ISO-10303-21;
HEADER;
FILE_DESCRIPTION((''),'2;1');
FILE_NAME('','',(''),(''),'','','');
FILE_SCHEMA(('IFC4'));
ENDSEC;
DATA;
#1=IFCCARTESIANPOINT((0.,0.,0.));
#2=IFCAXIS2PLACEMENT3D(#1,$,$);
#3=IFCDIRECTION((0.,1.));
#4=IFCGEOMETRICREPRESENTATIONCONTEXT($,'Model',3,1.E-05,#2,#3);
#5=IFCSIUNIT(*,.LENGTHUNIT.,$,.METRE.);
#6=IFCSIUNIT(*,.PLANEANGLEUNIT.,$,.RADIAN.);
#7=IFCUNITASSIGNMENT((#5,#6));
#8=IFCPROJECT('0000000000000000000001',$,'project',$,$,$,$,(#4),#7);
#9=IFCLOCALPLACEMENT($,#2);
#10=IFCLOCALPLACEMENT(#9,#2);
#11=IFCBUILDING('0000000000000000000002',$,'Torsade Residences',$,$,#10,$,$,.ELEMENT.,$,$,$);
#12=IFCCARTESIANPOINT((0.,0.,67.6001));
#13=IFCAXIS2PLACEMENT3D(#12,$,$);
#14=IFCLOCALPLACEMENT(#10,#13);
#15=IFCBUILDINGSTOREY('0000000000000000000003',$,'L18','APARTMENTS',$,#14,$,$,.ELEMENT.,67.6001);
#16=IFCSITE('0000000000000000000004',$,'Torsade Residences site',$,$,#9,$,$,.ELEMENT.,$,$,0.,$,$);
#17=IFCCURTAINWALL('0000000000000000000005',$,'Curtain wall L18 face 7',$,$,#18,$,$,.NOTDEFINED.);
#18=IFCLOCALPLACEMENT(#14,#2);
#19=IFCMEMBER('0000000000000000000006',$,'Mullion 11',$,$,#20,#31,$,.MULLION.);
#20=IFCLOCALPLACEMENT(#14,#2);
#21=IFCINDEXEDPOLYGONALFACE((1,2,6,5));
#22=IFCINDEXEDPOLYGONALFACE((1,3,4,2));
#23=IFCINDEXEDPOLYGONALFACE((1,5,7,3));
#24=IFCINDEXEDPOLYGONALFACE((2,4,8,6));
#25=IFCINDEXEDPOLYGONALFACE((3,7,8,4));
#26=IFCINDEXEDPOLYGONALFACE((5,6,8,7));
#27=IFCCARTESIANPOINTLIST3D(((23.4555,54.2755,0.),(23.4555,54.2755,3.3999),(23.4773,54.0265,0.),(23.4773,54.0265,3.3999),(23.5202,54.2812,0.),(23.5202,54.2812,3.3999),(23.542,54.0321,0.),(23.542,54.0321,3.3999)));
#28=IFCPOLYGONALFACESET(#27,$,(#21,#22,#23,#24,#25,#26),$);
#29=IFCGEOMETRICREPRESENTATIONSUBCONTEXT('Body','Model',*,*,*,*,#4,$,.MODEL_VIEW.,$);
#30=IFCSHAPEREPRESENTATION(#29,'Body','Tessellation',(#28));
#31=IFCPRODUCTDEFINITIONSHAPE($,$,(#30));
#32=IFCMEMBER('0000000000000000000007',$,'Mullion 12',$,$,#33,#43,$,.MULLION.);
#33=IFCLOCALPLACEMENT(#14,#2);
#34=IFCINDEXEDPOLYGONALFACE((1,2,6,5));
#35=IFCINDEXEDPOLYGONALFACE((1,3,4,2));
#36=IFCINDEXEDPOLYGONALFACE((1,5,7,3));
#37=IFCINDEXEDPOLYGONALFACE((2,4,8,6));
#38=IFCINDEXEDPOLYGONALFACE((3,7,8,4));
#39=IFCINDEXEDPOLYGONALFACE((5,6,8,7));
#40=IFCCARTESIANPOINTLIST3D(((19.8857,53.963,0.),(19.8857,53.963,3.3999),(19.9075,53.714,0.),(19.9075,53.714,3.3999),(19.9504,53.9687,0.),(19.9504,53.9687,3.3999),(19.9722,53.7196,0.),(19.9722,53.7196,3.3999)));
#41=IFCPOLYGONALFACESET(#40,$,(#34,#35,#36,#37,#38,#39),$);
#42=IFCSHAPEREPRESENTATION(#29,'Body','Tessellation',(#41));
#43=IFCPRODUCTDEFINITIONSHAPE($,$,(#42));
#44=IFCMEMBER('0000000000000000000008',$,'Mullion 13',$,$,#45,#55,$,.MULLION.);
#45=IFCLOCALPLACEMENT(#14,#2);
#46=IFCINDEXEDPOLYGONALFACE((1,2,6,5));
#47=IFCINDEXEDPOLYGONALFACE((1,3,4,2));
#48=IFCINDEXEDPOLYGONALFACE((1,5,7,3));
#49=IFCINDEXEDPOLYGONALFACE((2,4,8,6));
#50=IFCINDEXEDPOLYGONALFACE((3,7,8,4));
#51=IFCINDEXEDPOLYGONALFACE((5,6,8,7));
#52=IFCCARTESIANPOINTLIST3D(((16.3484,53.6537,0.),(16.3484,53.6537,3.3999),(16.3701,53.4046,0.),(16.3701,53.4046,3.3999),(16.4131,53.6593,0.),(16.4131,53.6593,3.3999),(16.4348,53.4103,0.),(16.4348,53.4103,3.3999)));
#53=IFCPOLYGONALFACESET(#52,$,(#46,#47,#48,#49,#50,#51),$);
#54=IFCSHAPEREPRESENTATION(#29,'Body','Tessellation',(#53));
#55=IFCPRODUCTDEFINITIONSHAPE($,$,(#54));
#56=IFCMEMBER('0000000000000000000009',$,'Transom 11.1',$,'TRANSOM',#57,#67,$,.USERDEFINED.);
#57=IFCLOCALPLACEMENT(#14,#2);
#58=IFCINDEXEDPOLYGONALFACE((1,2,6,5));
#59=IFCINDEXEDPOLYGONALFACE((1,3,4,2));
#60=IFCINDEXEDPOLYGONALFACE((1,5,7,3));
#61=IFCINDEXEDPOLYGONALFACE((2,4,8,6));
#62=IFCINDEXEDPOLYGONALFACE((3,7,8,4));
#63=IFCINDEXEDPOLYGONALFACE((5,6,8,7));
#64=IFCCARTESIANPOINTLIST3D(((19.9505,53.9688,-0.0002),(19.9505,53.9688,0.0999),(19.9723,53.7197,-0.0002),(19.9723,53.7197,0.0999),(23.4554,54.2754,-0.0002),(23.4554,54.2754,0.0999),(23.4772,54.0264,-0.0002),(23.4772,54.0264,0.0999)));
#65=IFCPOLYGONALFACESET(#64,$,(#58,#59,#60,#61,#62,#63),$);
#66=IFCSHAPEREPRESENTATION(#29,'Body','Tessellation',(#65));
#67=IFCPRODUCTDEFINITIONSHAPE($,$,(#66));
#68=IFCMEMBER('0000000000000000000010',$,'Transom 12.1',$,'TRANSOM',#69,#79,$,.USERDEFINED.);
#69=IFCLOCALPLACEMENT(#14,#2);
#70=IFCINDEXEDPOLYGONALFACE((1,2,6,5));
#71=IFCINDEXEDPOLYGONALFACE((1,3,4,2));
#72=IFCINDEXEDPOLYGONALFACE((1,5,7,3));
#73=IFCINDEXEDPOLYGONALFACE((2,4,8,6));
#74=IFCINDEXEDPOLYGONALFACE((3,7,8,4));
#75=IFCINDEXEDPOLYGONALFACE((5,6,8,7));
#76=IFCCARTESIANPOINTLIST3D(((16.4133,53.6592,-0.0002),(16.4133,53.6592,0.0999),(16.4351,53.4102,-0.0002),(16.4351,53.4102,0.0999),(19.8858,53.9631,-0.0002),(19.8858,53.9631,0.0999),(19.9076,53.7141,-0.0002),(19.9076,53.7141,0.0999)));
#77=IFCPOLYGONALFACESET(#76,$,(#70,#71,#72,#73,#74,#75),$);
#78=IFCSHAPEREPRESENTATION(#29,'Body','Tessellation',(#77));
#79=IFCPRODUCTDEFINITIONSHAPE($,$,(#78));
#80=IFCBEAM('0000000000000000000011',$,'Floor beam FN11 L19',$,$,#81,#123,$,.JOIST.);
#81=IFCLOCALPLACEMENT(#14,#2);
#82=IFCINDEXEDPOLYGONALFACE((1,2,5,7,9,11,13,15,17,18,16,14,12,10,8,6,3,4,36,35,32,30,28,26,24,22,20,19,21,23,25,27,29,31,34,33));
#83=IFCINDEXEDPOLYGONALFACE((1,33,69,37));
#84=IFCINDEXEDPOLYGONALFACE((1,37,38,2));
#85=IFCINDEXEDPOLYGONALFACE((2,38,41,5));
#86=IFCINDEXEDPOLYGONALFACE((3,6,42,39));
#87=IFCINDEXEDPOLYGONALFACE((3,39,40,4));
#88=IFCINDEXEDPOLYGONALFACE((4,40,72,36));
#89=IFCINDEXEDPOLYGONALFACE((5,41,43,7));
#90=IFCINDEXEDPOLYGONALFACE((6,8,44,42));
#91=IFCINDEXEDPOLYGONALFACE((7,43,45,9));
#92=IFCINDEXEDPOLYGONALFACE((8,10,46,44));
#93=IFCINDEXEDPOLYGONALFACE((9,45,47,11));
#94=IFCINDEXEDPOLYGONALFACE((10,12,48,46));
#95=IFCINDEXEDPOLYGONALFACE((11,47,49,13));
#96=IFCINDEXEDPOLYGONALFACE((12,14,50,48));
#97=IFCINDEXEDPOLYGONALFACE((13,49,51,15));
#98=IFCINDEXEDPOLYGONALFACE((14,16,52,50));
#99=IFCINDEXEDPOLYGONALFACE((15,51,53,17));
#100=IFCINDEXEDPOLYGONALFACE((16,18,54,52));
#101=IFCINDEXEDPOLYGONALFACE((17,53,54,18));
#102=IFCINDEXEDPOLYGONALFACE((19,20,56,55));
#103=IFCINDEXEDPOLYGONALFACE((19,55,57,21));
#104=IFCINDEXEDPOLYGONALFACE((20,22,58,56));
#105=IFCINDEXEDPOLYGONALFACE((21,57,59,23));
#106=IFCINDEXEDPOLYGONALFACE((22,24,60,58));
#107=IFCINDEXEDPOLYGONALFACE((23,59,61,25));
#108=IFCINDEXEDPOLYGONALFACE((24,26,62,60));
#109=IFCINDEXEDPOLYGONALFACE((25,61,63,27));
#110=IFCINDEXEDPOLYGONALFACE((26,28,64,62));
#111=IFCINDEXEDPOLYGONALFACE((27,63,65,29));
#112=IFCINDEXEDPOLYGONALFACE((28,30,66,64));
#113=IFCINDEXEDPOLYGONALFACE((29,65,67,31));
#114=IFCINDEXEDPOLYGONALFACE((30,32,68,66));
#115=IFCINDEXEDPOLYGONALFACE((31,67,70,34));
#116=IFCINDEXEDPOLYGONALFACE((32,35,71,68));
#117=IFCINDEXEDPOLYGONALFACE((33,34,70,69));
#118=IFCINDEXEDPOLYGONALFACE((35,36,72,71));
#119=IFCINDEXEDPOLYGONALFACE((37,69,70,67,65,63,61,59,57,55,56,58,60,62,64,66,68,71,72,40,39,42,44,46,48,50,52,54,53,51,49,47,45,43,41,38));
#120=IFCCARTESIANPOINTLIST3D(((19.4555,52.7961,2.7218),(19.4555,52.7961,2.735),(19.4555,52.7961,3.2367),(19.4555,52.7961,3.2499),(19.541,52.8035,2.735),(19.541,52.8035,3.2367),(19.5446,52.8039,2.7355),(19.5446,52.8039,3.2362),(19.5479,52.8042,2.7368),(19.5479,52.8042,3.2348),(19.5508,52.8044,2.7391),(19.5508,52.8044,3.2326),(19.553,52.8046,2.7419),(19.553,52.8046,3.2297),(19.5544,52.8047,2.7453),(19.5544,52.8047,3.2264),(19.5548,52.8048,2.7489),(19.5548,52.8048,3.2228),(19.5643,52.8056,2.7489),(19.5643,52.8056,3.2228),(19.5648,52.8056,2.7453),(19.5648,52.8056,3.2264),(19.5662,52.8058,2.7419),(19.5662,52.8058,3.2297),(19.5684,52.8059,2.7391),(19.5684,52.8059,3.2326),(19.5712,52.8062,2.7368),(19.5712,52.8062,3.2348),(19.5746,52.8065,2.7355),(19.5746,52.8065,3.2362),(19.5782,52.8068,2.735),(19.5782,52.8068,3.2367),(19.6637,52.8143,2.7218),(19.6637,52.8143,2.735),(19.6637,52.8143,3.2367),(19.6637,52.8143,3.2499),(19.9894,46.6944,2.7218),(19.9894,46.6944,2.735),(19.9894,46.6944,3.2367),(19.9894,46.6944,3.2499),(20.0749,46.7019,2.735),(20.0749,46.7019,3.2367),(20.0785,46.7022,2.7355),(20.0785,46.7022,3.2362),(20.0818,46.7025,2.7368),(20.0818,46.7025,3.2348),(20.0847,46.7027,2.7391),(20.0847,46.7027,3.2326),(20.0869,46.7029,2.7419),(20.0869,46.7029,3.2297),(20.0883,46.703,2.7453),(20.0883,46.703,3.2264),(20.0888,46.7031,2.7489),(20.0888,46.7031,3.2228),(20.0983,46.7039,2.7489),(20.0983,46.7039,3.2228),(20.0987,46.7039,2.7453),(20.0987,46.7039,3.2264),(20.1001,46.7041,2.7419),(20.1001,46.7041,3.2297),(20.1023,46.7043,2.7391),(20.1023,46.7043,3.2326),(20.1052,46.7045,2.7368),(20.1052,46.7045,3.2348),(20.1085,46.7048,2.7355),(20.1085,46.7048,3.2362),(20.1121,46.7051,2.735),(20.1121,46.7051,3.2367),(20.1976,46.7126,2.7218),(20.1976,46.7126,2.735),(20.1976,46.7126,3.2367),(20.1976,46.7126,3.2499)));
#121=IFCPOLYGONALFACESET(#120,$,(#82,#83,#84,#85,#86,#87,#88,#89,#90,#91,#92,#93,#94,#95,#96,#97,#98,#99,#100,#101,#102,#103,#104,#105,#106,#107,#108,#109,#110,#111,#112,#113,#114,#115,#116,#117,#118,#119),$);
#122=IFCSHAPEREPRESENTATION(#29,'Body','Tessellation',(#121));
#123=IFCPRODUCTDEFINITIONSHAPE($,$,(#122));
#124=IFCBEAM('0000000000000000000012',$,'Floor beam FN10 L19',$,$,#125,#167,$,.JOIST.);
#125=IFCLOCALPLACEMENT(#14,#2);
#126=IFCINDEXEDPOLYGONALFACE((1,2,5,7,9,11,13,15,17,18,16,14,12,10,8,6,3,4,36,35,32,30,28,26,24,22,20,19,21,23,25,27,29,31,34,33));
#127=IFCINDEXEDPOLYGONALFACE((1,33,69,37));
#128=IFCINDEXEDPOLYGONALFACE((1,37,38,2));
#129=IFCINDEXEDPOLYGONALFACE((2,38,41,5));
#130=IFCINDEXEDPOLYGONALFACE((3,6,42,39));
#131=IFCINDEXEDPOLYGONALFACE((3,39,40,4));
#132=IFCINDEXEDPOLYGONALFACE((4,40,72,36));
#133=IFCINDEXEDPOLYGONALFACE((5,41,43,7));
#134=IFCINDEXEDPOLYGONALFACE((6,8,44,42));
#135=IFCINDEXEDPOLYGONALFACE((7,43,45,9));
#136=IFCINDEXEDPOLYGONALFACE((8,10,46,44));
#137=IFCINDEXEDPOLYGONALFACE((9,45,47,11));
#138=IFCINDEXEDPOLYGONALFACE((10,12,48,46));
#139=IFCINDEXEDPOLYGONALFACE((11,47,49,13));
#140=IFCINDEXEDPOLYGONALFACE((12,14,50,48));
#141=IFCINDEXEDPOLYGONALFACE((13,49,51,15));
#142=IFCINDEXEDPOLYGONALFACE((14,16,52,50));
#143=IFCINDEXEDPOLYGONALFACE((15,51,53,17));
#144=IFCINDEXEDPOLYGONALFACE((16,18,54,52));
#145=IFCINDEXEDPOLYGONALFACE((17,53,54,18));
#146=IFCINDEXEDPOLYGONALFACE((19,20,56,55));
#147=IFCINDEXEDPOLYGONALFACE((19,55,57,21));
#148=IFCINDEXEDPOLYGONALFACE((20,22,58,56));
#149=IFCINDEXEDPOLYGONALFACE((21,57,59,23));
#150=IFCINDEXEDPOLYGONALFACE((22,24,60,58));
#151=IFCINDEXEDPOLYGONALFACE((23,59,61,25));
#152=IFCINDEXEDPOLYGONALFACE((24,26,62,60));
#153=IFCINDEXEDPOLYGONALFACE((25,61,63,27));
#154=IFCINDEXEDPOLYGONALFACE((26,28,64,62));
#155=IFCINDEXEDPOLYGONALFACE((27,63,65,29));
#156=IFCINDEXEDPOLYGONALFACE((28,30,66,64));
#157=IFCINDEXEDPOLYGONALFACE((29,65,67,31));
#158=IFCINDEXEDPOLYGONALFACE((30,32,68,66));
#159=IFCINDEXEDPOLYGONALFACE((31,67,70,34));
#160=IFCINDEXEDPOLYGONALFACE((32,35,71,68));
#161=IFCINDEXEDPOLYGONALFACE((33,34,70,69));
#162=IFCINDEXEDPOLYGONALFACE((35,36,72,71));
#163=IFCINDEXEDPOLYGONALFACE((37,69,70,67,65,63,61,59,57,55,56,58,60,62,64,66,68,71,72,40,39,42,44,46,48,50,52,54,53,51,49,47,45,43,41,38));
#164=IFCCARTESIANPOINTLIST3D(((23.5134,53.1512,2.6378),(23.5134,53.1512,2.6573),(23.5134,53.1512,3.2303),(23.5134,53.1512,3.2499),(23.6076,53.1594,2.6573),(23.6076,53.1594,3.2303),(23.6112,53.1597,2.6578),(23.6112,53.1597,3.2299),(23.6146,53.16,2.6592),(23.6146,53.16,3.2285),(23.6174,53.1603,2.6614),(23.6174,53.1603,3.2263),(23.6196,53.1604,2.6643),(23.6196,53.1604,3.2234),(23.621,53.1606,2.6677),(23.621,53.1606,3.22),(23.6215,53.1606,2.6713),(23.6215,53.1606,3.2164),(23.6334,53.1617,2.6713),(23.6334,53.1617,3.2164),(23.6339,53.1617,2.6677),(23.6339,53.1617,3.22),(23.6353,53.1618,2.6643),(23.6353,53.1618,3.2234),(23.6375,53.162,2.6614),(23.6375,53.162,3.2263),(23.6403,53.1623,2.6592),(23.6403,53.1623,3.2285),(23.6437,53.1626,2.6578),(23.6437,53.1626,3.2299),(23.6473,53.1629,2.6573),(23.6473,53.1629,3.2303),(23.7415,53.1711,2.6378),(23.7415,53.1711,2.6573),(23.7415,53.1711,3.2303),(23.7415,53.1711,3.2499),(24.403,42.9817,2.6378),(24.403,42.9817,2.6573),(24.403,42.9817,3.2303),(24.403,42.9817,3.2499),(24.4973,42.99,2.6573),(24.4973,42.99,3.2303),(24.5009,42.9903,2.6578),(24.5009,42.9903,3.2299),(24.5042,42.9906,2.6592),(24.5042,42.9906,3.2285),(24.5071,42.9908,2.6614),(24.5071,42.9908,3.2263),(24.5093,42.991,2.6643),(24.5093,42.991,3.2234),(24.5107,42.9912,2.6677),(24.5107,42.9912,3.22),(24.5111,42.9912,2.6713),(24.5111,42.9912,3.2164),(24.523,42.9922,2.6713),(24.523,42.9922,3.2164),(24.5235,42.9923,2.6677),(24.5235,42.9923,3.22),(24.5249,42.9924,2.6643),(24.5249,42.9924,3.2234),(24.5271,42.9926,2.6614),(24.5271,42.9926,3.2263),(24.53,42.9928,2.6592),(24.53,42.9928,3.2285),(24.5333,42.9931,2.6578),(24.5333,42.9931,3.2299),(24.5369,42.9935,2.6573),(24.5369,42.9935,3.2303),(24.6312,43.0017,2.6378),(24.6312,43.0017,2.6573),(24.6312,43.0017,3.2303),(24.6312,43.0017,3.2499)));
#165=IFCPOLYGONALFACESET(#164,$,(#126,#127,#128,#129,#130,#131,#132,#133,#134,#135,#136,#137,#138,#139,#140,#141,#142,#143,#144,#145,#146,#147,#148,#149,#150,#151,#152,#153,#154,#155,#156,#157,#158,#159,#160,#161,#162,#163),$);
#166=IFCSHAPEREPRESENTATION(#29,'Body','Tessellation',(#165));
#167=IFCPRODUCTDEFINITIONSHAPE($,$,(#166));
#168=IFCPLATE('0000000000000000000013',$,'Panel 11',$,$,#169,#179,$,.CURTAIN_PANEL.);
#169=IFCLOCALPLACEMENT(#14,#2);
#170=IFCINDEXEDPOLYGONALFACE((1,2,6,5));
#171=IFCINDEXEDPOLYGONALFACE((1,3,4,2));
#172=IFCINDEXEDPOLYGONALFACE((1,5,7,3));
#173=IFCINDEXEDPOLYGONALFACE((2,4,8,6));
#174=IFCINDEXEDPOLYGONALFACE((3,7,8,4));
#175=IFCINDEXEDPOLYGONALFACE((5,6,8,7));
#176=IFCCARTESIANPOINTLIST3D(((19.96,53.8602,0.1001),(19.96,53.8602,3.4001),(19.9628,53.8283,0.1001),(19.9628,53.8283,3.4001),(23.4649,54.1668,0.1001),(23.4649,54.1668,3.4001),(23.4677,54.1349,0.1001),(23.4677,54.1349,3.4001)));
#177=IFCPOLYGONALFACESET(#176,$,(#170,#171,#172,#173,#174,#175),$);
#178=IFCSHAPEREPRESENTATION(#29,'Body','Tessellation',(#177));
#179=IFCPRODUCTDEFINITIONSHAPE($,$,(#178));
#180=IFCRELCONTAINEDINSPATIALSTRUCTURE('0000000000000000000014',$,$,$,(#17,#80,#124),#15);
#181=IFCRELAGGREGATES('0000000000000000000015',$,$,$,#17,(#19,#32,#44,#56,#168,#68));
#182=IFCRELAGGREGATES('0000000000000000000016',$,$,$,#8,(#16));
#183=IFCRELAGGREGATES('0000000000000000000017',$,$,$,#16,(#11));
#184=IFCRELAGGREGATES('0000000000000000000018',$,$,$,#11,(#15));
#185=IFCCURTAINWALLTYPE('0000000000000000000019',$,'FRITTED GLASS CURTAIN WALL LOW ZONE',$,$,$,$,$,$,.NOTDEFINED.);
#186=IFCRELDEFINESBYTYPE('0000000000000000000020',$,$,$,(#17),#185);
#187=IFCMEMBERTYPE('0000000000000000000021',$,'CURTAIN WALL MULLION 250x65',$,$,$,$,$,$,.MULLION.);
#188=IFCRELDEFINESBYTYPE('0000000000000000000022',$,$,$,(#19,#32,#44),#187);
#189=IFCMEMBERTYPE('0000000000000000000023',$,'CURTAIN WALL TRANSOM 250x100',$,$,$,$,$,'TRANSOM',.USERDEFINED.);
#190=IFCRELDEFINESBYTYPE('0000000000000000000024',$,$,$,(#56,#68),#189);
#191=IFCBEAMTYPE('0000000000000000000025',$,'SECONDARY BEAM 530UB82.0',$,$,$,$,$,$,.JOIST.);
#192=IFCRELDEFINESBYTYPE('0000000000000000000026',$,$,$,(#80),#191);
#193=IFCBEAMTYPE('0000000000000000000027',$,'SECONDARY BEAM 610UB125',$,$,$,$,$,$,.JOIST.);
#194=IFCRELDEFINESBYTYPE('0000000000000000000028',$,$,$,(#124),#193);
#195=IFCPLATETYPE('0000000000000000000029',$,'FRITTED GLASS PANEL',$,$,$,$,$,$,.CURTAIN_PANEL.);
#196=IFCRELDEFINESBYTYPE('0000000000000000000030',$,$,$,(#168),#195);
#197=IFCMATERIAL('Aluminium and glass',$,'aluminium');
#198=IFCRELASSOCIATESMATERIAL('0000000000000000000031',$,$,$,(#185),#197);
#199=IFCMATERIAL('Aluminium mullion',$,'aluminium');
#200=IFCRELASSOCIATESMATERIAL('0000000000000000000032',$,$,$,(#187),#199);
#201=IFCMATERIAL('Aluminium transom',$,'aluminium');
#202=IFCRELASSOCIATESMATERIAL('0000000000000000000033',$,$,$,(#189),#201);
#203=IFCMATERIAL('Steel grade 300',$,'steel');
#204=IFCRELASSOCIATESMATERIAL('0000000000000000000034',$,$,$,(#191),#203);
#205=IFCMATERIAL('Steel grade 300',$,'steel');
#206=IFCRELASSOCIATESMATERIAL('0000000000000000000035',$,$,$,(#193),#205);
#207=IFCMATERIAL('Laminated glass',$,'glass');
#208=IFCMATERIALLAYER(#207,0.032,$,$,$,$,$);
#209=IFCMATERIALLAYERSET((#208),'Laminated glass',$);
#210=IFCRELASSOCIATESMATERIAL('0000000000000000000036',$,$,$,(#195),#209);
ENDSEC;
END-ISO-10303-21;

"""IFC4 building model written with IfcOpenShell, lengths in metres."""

from ifc_helpers import new_model, si_unit, direction, frame, origin, origin_2d, place, context, subcontext, project, spatial, rectangle, i_section, extrude, material, layer, layer_set, material_profile, profile_set, type_object, element, aggregate, save


model = new_model("IFC4")

# Units and contexts
model_context = context("Model", 3, precision=1e-05, world=origin(), true_north=direction((0.0, 1.0)))
body_context = subcontext(model_context, "Body", "Model", "MODEL_VIEW")
ifc_project = project(units=[si_unit("LENGTHUNIT", "METRE"), si_unit("PLANEANGLEUNIT", "RADIAN")], contexts=[model_context])

# Site, building, storey
site_placement = place(None, origin())
site = spatial("IfcSite", under=ifc_project, at=site_placement, Name="Torsade Residences site", CompositionType="ELEMENT", RefElevation=0.0)
building_placement = place(site_placement, origin())
building = spatial("IfcBuilding", under=site, at=building_placement, Name="Torsade Residences", CompositionType="ELEMENT")
storey_placement = place(building_placement, frame((0.0, 0.0, 67.6001)))
storey = spatial("IfcBuildingStorey", under=building, at=storey_placement, Name="L18", Description="APARTMENTS", CompositionType="ELEMENT", Elevation=67.6001)

# Curtain wall, members
ifc_material_1 = material(Name="Aluminium and glass", Category="aluminium")
curtain_wall_type = type_object("IfcCurtainWallType", Name="FRITTED GLASS CURTAIN WALL LOW ZONE", PredefinedType="NOTDEFINED", material=ifc_material_1)
curtain_wall_placement = place(storey_placement, origin())
curtain_wall = element("IfcCurtainWall", 1, at=curtain_wall_placement, inside=storey, type_object=curtain_wall_type, Name="Curtain wall L18 face 7", PredefinedType="NOTDEFINED")
ifc_material_2 = material(Name="Aluminium mullion", Category="aluminium")
ifc_material_profile_1 = material_profile(ifc_material_2, rectangle(XDim=0.25, YDim=0.0649, at=origin_2d()), Name="CURTAIN WALL MULLION 250x65")
ifc_profile_set_1 = profile_set([ifc_material_profile_1], Name="Aluminium mullion")
member_type_1 = type_object("IfcMemberType", Name="CURTAIN WALL MULLION 250x65", PredefinedType="MULLION", material=ifc_profile_set_1)
member_1_placement = place(storey_placement, frame((23.4988, 54.1538, 0.0), z_axis=(0.0, 0.0, 1.0), x_axis=(0.087156, -0.996195, 0.0)))
member_1 = element("IfcMember", 2, at=member_1_placement, type_object=member_type_1, Name="Mullion 11", PredefinedType="MULLION", context=body_context, shape_type="SweptSolid", body=[
    extrude(rectangle(XDim=0.25, YDim=0.0649, at=origin_2d()), origin(), (0.0, 0.0, 1.0), 3.3999),
])
member_2_placement = place(storey_placement, frame((19.929, 53.8413, 0.0), z_axis=(0.0, 0.0, 1.0), x_axis=(0.087156, -0.996195, 0.0)))
member_2 = element("IfcMember", 3, at=member_2_placement, type_object=member_type_1, Name="Mullion 12", PredefinedType="MULLION", context=body_context, shape_type="SweptSolid", body=[
    extrude(rectangle(XDim=0.25, YDim=0.0649, at=origin_2d()), origin(), (0.0, 0.0, 1.0), 3.3999),
])
member_3_placement = place(storey_placement, frame((16.3916, 53.532, 0.0), z_axis=(0.0, 0.0, 1.0), x_axis=(0.087156, -0.996195, 0.0)))
member_3 = element("IfcMember", 4, at=member_3_placement, type_object=member_type_1, Name="Mullion 13", PredefinedType="MULLION", context=body_context, shape_type="SweptSolid", body=[
    extrude(rectangle(XDim=0.25, YDim=0.0649, at=origin_2d()), origin(), (0.0, 0.0, 1.0), 3.3999),
])
ifc_material_3 = material(Name="Aluminium transom", Category="aluminium")
ifc_material_profile_2 = material_profile(ifc_material_3, rectangle(XDim=0.25, YDim=0.1001, at=origin_2d()), Name="CURTAIN WALL TRANSOM 250x100")
ifc_profile_set_2 = profile_set([ifc_material_profile_2], Name="Aluminium transom")
member_type_2 = type_object("IfcMemberType", Name="CURTAIN WALL TRANSOM 250x100", ElementType="TRANSOM", PredefinedType="USERDEFINED", material=ifc_profile_set_2)
member_4_placement = place(storey_placement, frame((23.4663, 54.1509, 0.0498), z_axis=(-0.996195, -0.087157, 0.0), x_axis=(0.087157, -0.996195, 0.0)))
member_4 = element("IfcMember", 5, at=member_4_placement, type_object=member_type_2, Name="Transom 11.1", ObjectType="TRANSOM", PredefinedType="USERDEFINED", context=body_context, shape_type="SweptSolid", body=[
    extrude(rectangle(XDim=0.25, YDim=0.1001, at=origin_2d()), origin(), (0.0, 0.0, 1.0), 3.5183),
])
member_5_placement = place(storey_placement, frame((19.8967, 53.8386, 0.0498), z_axis=(-0.996191, -0.087195, 0.0), x_axis=(0.087195, -0.996191, 0.0)))
member_5 = element("IfcMember", 6, at=member_5_placement, type_object=member_type_2, Name="Transom 12.1", ObjectType="TRANSOM", PredefinedType="USERDEFINED", context=body_context, shape_type="SweptSolid", body=[
    extrude(rectangle(XDim=0.25, YDim=0.1001, at=origin_2d()), origin(), (0.0, 0.0, 1.0), 3.4858),
])

# Beams
ifc_material_4 = material(Name="Steel grade 300", Category="steel")
ifc_material_profile_3 = material_profile(ifc_material_4, i_section(OverallWidth=0.209, OverallDepth=0.5281, WebThickness=0.0095, FlangeThickness=0.0132, FilletRadius=0.0139, at=origin_2d()), Name="530UB82.0")
ifc_profile_set_3 = profile_set([ifc_material_profile_3], Name="Steel grade 300")
beam_type_1 = type_object("IfcBeamType", Name="SECONDARY BEAM 530UB82.0", PredefinedType="JOIST", material=ifc_profile_set_3)
beam_1_placement = place(storey_placement, frame((19.5596, 52.8052, 2.9858), z_axis=(0.087175, -0.996193, 0.0), x_axis=(0.996193, 0.087175, 0.0)))
element("IfcBeam", 7, at=beam_1_placement, inside=storey, type_object=beam_type_1, Name="Floor beam FN11 L19", PredefinedType="JOIST", context=body_context, shape_type="SweptSolid", body=[
    extrude(i_section(OverallWidth=0.209, OverallDepth=0.5281, WebThickness=0.0095, FlangeThickness=0.0132, FilletRadius=0.0139, at=origin_2d()), origin(), (0.0, 0.0, 1.0), 6.125),
])
ifc_material_5 = material(Name="Steel grade 300", Category="steel")
ifc_material_profile_4 = material_profile(ifc_material_5, i_section(OverallWidth=0.229, OverallDepth=0.6121, WebThickness=0.012, FlangeThickness=0.0195, FilletRadius=0.0139, at=origin_2d()), Name="610UB125")
ifc_profile_set_4 = profile_set([ifc_material_profile_4], Name="Steel grade 300")
beam_type_2 = type_object("IfcBeamType", Name="SECONDARY BEAM 610UB125", PredefinedType="JOIST", material=ifc_profile_set_4)
beam_2_placement = place(storey_placement, frame((23.6274, 53.1611, 2.9438), z_axis=(0.08715, -0.996195, 0.0), x_axis=(0.996195, 0.08715, 0.0)))
element("IfcBeam", 8, at=beam_2_placement, inside=storey, type_object=beam_type_2, Name="Floor beam FN10 L19", PredefinedType="JOIST", context=body_context, shape_type="SweptSolid", body=[
    extrude(i_section(OverallWidth=0.229, OverallDepth=0.6121, WebThickness=0.012, FlangeThickness=0.0195, FilletRadius=0.0139, at=origin_2d()), origin(), (0.0, 0.0, 1.0), 10.2083),
])

# Plate
ifc_material_6 = material(Name="Laminated glass", Category="glass")
ifc_layer_1 = layer(ifc_material_6, 0.032)
ifc_layer_set_1 = layer_set([ifc_layer_1], Name="Laminated glass")
plate_type = type_object("IfcPlateType", Name="FRITTED GLASS PANEL", PredefinedType="CURTAIN_PANEL", material=ifc_layer_set_1)
plate_1_placement = place(storey_placement, frame((21.7139, 53.9976, 0.1001), z_axis=(0.0, 0.0, 1.0), x_axis=(-0.996195, -0.087156, 0.0)))
plate_1 = element("IfcPlate", 9, at=plate_1_placement, type_object=plate_type, Name="Panel 11", PredefinedType="CURTAIN_PANEL", context=body_context, shape_type="SweptSolid", body=[
    extrude(rectangle(XDim=3.5183, YDim=0.032, at=origin_2d()), origin(), (0.0, 0.0, 1.0), 3.3),
])
aggregate(curtain_wall, [member_1, member_2, member_3, member_4, plate_1, member_5])

save(model, "model.ifc")
